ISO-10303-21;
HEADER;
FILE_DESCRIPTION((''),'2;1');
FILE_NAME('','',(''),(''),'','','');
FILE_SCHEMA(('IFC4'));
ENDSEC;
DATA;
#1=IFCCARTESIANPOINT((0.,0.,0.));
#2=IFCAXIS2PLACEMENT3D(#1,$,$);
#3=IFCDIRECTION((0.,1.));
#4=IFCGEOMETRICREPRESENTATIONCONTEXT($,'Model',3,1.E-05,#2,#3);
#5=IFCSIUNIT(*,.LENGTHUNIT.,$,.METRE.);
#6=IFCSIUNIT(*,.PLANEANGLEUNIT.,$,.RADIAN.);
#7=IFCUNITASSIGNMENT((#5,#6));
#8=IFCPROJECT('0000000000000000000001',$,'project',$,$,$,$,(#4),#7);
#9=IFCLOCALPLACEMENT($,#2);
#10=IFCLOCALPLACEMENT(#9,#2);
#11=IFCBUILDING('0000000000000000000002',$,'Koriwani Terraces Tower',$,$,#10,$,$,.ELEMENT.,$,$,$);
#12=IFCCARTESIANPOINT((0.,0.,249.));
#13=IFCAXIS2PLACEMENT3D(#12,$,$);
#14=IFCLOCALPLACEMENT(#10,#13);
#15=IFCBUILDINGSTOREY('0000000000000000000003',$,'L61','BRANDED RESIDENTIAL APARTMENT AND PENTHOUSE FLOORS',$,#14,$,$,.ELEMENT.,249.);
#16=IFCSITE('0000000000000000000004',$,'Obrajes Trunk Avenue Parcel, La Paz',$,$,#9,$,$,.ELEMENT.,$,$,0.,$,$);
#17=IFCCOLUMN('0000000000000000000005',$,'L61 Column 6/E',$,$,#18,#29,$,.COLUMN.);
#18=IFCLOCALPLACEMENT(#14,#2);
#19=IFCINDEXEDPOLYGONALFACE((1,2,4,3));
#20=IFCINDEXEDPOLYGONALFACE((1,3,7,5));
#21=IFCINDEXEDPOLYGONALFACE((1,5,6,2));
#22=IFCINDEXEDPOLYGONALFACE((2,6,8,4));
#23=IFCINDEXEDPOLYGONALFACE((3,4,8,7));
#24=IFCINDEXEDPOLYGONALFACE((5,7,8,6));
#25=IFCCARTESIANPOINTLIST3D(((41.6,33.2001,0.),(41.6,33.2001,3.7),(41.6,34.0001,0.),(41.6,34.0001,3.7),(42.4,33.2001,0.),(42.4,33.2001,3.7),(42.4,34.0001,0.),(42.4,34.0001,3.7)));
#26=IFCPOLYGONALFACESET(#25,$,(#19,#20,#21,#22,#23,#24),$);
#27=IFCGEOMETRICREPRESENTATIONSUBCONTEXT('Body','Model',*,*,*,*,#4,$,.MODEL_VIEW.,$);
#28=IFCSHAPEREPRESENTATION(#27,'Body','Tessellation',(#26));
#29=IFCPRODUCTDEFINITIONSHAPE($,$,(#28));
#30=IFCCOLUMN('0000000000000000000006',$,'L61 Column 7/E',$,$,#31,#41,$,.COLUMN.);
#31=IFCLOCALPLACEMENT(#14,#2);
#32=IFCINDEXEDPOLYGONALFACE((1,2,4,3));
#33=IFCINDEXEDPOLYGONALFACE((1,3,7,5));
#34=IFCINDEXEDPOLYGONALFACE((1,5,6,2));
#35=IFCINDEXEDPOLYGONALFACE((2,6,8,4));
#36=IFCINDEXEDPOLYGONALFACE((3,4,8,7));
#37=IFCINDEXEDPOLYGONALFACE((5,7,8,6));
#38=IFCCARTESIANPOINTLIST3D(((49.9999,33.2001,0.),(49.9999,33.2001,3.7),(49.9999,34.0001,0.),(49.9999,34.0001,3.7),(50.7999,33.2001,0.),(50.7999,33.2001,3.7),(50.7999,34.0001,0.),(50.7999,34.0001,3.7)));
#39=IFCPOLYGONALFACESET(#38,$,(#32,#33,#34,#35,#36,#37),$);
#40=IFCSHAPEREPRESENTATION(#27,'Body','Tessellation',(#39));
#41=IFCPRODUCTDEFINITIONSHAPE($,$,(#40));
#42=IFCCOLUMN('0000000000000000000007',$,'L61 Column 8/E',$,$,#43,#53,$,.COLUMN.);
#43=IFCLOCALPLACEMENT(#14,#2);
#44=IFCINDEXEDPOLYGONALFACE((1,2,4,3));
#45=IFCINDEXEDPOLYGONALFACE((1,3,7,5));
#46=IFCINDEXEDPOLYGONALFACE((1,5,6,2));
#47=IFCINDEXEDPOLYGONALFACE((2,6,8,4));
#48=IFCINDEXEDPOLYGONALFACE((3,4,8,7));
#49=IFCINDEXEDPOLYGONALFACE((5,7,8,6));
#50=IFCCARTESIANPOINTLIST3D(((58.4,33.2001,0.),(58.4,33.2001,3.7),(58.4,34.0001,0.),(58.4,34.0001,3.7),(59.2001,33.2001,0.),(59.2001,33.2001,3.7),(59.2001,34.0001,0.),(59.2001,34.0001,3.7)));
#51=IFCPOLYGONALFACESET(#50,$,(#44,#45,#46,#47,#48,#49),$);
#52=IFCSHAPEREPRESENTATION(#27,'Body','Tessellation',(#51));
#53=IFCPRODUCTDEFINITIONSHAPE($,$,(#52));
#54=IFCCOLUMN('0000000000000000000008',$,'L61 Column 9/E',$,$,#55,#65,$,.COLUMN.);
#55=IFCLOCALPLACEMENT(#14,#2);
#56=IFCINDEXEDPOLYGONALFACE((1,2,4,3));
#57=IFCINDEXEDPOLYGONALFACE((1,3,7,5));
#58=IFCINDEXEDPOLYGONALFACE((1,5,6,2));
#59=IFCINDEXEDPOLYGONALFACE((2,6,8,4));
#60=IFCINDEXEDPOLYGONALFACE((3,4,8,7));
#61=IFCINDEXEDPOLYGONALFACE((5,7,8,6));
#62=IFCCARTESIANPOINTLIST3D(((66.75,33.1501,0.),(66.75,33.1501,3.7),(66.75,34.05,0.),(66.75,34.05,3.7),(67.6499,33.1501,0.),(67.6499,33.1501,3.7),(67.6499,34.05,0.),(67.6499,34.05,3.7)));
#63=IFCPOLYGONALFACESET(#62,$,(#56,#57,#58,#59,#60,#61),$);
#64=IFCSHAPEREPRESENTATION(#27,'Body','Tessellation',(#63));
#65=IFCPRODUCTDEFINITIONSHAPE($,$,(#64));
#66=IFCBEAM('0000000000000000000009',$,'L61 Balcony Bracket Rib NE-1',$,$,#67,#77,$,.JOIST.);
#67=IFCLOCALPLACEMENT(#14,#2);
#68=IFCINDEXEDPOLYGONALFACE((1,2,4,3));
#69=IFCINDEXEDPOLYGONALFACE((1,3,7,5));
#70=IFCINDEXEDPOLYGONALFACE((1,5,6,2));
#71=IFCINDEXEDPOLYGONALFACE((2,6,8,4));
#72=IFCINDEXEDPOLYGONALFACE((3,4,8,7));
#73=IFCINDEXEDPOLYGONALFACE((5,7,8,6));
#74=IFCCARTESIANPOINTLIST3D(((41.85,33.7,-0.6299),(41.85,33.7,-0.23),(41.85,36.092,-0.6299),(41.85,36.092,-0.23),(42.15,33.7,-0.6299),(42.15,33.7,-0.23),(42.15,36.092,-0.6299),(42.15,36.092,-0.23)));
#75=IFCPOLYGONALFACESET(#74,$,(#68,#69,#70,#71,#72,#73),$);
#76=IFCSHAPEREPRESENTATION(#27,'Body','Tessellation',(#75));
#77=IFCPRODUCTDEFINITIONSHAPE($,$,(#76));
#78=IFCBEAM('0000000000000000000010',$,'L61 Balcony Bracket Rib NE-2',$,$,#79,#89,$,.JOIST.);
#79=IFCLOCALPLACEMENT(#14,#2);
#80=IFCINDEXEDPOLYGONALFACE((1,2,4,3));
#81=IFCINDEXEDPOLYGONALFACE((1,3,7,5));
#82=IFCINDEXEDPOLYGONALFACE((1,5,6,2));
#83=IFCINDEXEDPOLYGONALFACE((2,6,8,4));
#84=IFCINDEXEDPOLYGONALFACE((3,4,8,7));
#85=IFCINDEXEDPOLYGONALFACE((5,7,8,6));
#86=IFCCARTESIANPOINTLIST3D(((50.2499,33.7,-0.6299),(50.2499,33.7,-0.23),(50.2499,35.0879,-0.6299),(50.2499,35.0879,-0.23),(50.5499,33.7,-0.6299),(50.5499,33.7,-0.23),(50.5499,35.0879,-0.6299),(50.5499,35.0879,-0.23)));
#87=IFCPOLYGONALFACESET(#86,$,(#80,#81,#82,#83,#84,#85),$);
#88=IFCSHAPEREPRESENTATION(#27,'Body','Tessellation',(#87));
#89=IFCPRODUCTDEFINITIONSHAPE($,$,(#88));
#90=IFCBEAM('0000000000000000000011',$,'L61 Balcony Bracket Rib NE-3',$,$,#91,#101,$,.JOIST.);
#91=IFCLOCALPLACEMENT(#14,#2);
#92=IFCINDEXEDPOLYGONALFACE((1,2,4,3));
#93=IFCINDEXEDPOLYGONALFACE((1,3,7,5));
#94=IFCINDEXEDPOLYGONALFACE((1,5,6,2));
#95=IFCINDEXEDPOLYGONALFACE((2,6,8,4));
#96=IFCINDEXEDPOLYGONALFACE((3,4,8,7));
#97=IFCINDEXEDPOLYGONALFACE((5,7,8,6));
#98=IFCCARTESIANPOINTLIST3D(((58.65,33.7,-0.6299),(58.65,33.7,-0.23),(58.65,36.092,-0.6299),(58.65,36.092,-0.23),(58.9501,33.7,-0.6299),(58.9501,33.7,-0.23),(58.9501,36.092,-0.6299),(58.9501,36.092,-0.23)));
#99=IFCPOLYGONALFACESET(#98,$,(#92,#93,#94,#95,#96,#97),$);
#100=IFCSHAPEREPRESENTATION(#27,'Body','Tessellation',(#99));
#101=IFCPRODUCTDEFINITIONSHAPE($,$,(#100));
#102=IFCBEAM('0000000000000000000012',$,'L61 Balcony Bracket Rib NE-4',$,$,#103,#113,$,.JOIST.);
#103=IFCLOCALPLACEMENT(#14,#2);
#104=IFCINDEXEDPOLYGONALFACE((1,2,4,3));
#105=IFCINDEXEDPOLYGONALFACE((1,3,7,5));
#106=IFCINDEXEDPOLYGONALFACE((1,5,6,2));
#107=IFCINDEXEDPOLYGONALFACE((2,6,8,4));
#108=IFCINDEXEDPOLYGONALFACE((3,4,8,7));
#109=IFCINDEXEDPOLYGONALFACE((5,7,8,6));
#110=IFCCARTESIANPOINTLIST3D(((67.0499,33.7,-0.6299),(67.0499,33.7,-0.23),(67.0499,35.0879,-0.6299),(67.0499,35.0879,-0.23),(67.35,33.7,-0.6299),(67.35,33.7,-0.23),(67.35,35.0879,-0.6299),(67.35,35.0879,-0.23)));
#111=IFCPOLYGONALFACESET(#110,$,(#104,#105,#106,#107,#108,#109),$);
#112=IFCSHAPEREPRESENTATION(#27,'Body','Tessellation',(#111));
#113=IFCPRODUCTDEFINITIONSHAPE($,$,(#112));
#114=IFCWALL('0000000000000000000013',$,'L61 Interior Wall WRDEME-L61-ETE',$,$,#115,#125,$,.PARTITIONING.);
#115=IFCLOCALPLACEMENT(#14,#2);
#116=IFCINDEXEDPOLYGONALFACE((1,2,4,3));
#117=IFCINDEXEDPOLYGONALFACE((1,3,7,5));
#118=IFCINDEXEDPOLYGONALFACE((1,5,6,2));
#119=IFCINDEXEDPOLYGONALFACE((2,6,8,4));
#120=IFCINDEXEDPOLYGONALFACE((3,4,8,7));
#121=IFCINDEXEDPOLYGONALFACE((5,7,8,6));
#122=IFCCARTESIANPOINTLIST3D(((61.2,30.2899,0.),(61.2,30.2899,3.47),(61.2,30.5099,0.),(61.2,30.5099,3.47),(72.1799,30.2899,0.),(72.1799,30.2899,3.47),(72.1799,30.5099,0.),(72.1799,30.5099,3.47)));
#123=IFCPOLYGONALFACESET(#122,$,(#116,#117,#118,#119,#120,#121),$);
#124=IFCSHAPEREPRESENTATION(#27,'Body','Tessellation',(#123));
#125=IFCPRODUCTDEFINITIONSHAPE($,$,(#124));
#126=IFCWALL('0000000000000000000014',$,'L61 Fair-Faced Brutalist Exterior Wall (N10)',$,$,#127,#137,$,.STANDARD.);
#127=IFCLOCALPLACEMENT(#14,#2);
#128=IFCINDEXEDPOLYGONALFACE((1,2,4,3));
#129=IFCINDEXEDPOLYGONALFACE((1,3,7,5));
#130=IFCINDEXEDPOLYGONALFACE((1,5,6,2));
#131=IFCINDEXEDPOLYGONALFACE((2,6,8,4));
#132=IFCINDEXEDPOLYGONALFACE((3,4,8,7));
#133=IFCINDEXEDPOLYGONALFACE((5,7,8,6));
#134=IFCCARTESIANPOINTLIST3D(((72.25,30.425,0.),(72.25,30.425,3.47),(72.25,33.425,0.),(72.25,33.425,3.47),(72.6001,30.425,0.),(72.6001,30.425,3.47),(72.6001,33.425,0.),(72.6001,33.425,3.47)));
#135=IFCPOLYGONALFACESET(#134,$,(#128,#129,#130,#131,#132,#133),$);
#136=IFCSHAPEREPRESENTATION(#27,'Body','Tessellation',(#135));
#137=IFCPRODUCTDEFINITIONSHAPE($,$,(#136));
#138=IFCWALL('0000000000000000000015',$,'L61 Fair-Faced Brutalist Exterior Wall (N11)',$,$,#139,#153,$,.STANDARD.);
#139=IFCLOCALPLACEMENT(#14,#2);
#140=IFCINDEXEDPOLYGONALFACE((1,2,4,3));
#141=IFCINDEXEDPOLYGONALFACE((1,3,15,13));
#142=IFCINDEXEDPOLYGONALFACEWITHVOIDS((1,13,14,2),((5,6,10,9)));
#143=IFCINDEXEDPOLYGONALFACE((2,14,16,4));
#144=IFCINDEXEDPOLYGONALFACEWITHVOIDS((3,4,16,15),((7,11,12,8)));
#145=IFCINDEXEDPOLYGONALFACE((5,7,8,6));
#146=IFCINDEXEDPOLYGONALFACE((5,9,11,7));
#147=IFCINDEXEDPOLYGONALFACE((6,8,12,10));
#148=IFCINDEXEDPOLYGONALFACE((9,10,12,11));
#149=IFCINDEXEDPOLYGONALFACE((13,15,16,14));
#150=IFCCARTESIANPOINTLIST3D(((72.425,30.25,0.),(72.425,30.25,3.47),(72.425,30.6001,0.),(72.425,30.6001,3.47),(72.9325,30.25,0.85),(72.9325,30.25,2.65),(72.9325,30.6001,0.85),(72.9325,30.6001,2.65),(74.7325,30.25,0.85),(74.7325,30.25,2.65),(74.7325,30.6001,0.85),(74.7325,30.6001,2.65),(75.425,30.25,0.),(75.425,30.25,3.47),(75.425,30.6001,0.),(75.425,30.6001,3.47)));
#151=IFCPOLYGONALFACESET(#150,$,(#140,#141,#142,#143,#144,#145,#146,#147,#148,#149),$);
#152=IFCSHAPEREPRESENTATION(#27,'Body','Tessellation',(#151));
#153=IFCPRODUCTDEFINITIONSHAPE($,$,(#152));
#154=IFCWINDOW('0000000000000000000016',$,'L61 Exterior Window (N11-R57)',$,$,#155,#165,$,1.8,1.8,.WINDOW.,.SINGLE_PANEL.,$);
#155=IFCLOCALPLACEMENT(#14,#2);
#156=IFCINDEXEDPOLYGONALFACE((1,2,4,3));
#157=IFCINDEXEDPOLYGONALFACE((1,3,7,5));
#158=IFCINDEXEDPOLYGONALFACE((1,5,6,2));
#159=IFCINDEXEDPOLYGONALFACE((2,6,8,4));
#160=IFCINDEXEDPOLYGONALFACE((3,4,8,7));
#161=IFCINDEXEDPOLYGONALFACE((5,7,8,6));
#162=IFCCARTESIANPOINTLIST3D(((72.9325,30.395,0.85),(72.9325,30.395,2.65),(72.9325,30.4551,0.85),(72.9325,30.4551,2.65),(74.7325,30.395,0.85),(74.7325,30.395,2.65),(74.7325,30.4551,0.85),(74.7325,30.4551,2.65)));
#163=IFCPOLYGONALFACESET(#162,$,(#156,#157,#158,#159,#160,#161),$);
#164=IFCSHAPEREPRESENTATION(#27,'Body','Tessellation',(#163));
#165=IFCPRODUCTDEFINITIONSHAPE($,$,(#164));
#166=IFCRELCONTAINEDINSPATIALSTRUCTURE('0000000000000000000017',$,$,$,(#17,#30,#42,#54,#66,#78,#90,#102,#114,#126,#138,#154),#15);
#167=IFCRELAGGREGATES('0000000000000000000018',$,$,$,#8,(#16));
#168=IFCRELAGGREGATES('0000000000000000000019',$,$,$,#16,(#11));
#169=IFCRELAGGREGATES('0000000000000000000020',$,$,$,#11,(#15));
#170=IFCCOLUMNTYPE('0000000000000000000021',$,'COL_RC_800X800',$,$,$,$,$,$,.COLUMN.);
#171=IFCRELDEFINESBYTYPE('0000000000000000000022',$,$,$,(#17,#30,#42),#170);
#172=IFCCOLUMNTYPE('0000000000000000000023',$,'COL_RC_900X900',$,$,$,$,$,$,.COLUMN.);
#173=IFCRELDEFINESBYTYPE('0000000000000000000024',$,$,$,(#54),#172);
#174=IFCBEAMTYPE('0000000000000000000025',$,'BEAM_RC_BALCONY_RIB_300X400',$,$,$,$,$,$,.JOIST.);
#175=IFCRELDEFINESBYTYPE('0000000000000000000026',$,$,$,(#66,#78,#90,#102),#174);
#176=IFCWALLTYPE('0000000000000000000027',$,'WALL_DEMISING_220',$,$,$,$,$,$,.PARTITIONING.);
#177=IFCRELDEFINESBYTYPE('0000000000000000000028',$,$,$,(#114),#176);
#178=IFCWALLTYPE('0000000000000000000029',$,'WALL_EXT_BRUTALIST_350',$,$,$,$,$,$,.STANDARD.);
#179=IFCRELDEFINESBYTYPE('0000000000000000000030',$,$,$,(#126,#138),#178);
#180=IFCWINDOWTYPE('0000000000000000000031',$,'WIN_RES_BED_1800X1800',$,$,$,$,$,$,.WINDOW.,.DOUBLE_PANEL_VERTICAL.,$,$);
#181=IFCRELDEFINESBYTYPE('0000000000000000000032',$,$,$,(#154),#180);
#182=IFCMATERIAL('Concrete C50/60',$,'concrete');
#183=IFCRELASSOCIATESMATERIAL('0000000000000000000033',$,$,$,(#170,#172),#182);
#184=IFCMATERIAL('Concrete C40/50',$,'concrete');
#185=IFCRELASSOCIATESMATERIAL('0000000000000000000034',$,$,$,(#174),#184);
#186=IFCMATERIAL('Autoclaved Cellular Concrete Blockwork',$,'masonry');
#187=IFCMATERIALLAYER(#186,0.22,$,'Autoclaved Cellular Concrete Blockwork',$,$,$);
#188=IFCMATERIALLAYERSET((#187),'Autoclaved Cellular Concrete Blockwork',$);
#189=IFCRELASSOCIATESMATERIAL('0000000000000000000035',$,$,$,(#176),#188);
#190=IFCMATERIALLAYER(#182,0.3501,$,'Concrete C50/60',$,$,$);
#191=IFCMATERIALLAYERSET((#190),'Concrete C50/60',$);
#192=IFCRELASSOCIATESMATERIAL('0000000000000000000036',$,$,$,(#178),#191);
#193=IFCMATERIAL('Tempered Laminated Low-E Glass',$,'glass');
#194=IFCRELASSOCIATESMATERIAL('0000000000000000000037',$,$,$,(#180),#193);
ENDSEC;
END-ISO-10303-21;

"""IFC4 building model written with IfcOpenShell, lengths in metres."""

from ifc_helpers import new_model, si_unit, direction, frame, frame_2d, origin, origin_2d, place, context, subcontext, project, spatial, rectangle, extrude, material, layer, layer_set, material_profile, profile_set, type_object, element, fill, save


model = new_model("IFC4")

# Units and contexts
model_context = context("Model", 3, precision=1e-05, world=origin(), true_north=direction((0.0, 1.0)))
body_context = subcontext(model_context, "Body", "Model", "MODEL_VIEW")
ifc_project = project(units=[si_unit("LENGTHUNIT", "METRE"), si_unit("PLANEANGLEUNIT", "RADIAN")], contexts=[model_context])

# Site, building, storey
site_placement = place(None, origin())
site = spatial("IfcSite", under=ifc_project, at=site_placement, Name="Obrajes Trunk Avenue Parcel, La Paz", CompositionType="ELEMENT", RefElevation=0.0)
building_placement = place(site_placement, origin())
building = spatial("IfcBuilding", under=site, at=building_placement, Name="Koriwani Terraces Tower", CompositionType="ELEMENT")
storey_placement = place(building_placement, frame((0.0, 0.0, 249.0)))
storey = spatial("IfcBuildingStorey", under=building, at=storey_placement, Name="L61", Description="BRANDED RESIDENTIAL APARTMENT AND PENTHOUSE FLOORS", CompositionType="ELEMENT", Elevation=249.0)

# Columns
ifc_material_1 = material(Name="Concrete C50/60", Category="concrete")
ifc_material_profile_1 = material_profile(ifc_material_1, rectangle(XDim=0.8, YDim=0.8, at=origin_2d()), Name="Concrete C50/60", Category="LoadBearing")
ifc_profile_set_1 = profile_set([ifc_material_profile_1], Name="Concrete C50/60")
column_type_1 = type_object("IfcColumnType", Name="COL_RC_800X800", PredefinedType="COLUMN", material=ifc_profile_set_1)
for number, where, z_axis, x_axis, name in (
    (1, (42.0, 33.6001, 0.0), (0.0, 0.0, 1.0), (1.0, 0.0, 0.0), "L61 Column 6/E"),
    (2, (50.3999, 33.6001, 0.0), (0.0, 0.0, 1.0), (1.0, 0.0, 0.0), "L61 Column 7/E"),
    (3, (58.8, 33.6001, 0.0), (0.0, 0.0, 1.0), (1.0, 0.0, 0.0), "L61 Column 8/E"),
):
    element("IfcColumn", number, at=place(storey_placement, frame(where, z_axis=z_axis, x_axis=x_axis)), inside=storey, type_object=column_type_1, Name=name, PredefinedType="COLUMN", context=body_context, shape_type="SweptSolid", body=[
        extrude(rectangle(XDim=0.8, YDim=0.8, at=origin_2d()), origin(), (0.0, 0.0, 1.0), 3.7),
    ])
ifc_material_profile_2 = material_profile(ifc_material_1, rectangle(XDim=0.8999, YDim=0.8999, at=origin_2d()), Name="Concrete C50/60", Category="LoadBearing")
ifc_profile_set_2 = profile_set([ifc_material_profile_2], Name="Concrete C50/60")
column_type_2 = type_object("IfcColumnType", Name="COL_RC_900X900", PredefinedType="COLUMN", material=ifc_profile_set_2)
column_placement = place(storey_placement, frame((67.2, 33.6001, 0.0), z_axis=(0.0, 0.0, 1.0), x_axis=(1.0, 0.0, 0.0)))
element("IfcColumn", 4, at=column_placement, inside=storey, type_object=column_type_2, Name="L61 Column 9/E", PredefinedType="COLUMN", context=body_context, shape_type="SweptSolid", body=[
    extrude(rectangle(XDim=0.8999, YDim=0.8999, at=origin_2d()), origin(), (0.0, 0.0, 1.0), 3.7),
])

# Beams
ifc_material_2 = material(Name="Concrete C40/50", Category="concrete")
ifc_material_profile_3 = material_profile(ifc_material_2, rectangle(XDim=0.3, YDim=0.3999, at=origin_2d()), Name="Concrete C40/50", Category="LoadBearing")
ifc_profile_set_3 = profile_set([ifc_material_profile_3], Name="Concrete C40/50")
beam_type = type_object("IfcBeamType", Name="BEAM_RC_BALCONY_RIB_300X400", PredefinedType="JOIST", material=ifc_profile_set_3)
beam_1_placement = place(storey_placement, frame((42.0, 33.7, -0.4299), z_axis=(0.0, 1.0, 0.0), x_axis=(-1.0, 0.0, 0.0)))
element("IfcBeam", 5, at=beam_1_placement, inside=storey, type_object=beam_type, Name="L61 Balcony Bracket Rib NE-1", PredefinedType="JOIST", context=body_context, shape_type="SweptSolid", body=[
    extrude(rectangle(XDim=0.3, YDim=0.3999, at=origin_2d()), origin(), (0.0, 0.0, 1.0), 2.3921),
])
beam_2_placement = place(storey_placement, frame((50.3999, 33.7, -0.4299), z_axis=(0.0, 1.0, 0.0), x_axis=(-1.0, 0.0, 0.0)))
element("IfcBeam", 6, at=beam_2_placement, inside=storey, type_object=beam_type, Name="L61 Balcony Bracket Rib NE-2", PredefinedType="JOIST", context=body_context, shape_type="SweptSolid", body=[
    extrude(rectangle(XDim=0.3, YDim=0.3999, at=origin_2d()), origin(), (0.0, 0.0, 1.0), 1.3879),
])
beam_3_placement = place(storey_placement, frame((58.8, 33.7, -0.4299), z_axis=(0.0, 1.0, 0.0), x_axis=(-1.0, 0.0, 0.0)))
element("IfcBeam", 7, at=beam_3_placement, inside=storey, type_object=beam_type, Name="L61 Balcony Bracket Rib NE-3", PredefinedType="JOIST", context=body_context, shape_type="SweptSolid", body=[
    extrude(rectangle(XDim=0.3, YDim=0.3999, at=origin_2d()), origin(), (0.0, 0.0, 1.0), 2.3921),
])
beam_4_placement = place(storey_placement, frame((67.2, 33.7, -0.4299), z_axis=(0.0, 1.0, 0.0), x_axis=(-1.0, 0.0, 0.0)))
element("IfcBeam", 8, at=beam_4_placement, inside=storey, type_object=beam_type, Name="L61 Balcony Bracket Rib NE-4", PredefinedType="JOIST", context=body_context, shape_type="SweptSolid", body=[
    extrude(rectangle(XDim=0.3, YDim=0.3999, at=origin_2d()), origin(), (0.0, 0.0, 1.0), 1.3879),
])

# Walls
ifc_material_3 = material(Name="Autoclaved Cellular Concrete Blockwork", Category="masonry")
ifc_layer_1 = layer(ifc_material_3, 0.22, Name="Autoclaved Cellular Concrete Blockwork")
ifc_layer_set_1 = layer_set([ifc_layer_1], Name="Autoclaved Cellular Concrete Blockwork")
wall_type_1 = type_object("IfcWallType", Name="WALL_DEMISING_220", PredefinedType="PARTITIONING", material=ifc_layer_set_1)
wall_1_placement = place(storey_placement, frame((61.2, 30.3999, 0.0), z_axis=(0.0, 0.0, 1.0), x_axis=(1.0, 0.0, 0.0)))
element("IfcWall", 9, at=wall_1_placement, inside=storey, type_object=wall_type_1, Name="L61 Interior Wall WRDEME-L61-ETE", PredefinedType="PARTITIONING", context=body_context, shape_type="SweptSolid", body=[
    extrude(rectangle(XDim=10.98, YDim=0.22, at=frame_2d((5.49, 0.0))), origin(), (0.0, 0.0, 1.0), 3.47),
])
ifc_layer_2 = layer(ifc_material_1, 0.3501, Name="Concrete C50/60")
ifc_layer_set_2 = layer_set([ifc_layer_2], Name="Concrete C50/60")
wall_type_2 = type_object("IfcWallType", Name="WALL_EXT_BRUTALIST_350", PredefinedType="STANDARD", material=ifc_layer_set_2)
wall_2_placement = place(storey_placement, frame((72.425, 33.425, 0.0), z_axis=(0.0, 0.0, 1.0), x_axis=(0.0, -1.0, 0.0)))
element("IfcWall", 10, at=wall_2_placement, inside=storey, type_object=wall_type_2, Name="L61 Fair-Faced Brutalist Exterior Wall (N10)", PredefinedType="STANDARD", context=body_context, shape_type="SweptSolid", body=[
    extrude(rectangle(XDim=3.0, YDim=0.3501, at=frame_2d((1.5, 0.0))), origin(), (0.0, 0.0, 1.0), 3.47),
])

# Wall, opening, window
wall_3_placement = place(storey_placement, frame((72.425, 30.425, 0.0), z_axis=(0.0, 0.0, 1.0), x_axis=(1.0, 0.0, 0.0)))
wall_3 = element("IfcWall", 11, at=wall_3_placement, inside=storey, type_object=wall_type_2, Name="L61 Fair-Faced Brutalist Exterior Wall (N11)", PredefinedType="STANDARD", context=body_context, shape_type="SweptSolid", body=[
    extrude(rectangle(XDim=3.0, YDim=0.3501, at=frame_2d((1.5, 0.0))), origin(), (0.0, 0.0, 1.0), 3.47),
])
opening_1_placement = place(wall_3_placement, frame((0.5076, 0.0, 0.8501)))
opening_1 = element("IfcOpeningElement", 12, at=opening_1_placement, cuts=wall_3, PredefinedType="OPENING", context=body_context, shape_type="SweptSolid", body=[
    extrude(rectangle(XDim=1.8, YDim=1.8, at=frame_2d((0.8999, 0.8999))), frame((0.0, 0.1851, 0.0), z_axis=(0.0, -1.0, 0.0), x_axis=(1.0, 0.0, 0.0)), (0.0, 0.0, 1.0), 0.3701),
])
ifc_material_4 = material(Name="Tempered Laminated Low-E Glass", Category="glass")
window_type = type_object("IfcWindowType", Name="WIN_RES_BED_1800X1800", PartitioningType="DOUBLE_PANEL_VERTICAL", PredefinedType="WINDOW", material=ifc_material_4)
window_1_placement = place(opening_1_placement, origin())
window_1 = element("IfcWindow", 13, at=window_1_placement, inside=storey, type_object=window_type, Name="L61 Exterior Window (N11-R57)", OverallHeight=1.8, OverallWidth=1.8, PartitioningType="SINGLE_PANEL", PredefinedType="WINDOW", context=body_context, shape_type="SweptSolid", body=[
    extrude(rectangle(XDim=1.8, YDim=1.8, at=frame_2d((0.8999, 0.8999))), frame((0.0, 0.03, 0.0), z_axis=(0.0, -1.0, 0.0), x_axis=(1.0, 0.0, 0.0)), (0.0, 0.0, 1.0), 0.0601),
])
fill(opening_1, window_1)

save(model, "model.ifc")
